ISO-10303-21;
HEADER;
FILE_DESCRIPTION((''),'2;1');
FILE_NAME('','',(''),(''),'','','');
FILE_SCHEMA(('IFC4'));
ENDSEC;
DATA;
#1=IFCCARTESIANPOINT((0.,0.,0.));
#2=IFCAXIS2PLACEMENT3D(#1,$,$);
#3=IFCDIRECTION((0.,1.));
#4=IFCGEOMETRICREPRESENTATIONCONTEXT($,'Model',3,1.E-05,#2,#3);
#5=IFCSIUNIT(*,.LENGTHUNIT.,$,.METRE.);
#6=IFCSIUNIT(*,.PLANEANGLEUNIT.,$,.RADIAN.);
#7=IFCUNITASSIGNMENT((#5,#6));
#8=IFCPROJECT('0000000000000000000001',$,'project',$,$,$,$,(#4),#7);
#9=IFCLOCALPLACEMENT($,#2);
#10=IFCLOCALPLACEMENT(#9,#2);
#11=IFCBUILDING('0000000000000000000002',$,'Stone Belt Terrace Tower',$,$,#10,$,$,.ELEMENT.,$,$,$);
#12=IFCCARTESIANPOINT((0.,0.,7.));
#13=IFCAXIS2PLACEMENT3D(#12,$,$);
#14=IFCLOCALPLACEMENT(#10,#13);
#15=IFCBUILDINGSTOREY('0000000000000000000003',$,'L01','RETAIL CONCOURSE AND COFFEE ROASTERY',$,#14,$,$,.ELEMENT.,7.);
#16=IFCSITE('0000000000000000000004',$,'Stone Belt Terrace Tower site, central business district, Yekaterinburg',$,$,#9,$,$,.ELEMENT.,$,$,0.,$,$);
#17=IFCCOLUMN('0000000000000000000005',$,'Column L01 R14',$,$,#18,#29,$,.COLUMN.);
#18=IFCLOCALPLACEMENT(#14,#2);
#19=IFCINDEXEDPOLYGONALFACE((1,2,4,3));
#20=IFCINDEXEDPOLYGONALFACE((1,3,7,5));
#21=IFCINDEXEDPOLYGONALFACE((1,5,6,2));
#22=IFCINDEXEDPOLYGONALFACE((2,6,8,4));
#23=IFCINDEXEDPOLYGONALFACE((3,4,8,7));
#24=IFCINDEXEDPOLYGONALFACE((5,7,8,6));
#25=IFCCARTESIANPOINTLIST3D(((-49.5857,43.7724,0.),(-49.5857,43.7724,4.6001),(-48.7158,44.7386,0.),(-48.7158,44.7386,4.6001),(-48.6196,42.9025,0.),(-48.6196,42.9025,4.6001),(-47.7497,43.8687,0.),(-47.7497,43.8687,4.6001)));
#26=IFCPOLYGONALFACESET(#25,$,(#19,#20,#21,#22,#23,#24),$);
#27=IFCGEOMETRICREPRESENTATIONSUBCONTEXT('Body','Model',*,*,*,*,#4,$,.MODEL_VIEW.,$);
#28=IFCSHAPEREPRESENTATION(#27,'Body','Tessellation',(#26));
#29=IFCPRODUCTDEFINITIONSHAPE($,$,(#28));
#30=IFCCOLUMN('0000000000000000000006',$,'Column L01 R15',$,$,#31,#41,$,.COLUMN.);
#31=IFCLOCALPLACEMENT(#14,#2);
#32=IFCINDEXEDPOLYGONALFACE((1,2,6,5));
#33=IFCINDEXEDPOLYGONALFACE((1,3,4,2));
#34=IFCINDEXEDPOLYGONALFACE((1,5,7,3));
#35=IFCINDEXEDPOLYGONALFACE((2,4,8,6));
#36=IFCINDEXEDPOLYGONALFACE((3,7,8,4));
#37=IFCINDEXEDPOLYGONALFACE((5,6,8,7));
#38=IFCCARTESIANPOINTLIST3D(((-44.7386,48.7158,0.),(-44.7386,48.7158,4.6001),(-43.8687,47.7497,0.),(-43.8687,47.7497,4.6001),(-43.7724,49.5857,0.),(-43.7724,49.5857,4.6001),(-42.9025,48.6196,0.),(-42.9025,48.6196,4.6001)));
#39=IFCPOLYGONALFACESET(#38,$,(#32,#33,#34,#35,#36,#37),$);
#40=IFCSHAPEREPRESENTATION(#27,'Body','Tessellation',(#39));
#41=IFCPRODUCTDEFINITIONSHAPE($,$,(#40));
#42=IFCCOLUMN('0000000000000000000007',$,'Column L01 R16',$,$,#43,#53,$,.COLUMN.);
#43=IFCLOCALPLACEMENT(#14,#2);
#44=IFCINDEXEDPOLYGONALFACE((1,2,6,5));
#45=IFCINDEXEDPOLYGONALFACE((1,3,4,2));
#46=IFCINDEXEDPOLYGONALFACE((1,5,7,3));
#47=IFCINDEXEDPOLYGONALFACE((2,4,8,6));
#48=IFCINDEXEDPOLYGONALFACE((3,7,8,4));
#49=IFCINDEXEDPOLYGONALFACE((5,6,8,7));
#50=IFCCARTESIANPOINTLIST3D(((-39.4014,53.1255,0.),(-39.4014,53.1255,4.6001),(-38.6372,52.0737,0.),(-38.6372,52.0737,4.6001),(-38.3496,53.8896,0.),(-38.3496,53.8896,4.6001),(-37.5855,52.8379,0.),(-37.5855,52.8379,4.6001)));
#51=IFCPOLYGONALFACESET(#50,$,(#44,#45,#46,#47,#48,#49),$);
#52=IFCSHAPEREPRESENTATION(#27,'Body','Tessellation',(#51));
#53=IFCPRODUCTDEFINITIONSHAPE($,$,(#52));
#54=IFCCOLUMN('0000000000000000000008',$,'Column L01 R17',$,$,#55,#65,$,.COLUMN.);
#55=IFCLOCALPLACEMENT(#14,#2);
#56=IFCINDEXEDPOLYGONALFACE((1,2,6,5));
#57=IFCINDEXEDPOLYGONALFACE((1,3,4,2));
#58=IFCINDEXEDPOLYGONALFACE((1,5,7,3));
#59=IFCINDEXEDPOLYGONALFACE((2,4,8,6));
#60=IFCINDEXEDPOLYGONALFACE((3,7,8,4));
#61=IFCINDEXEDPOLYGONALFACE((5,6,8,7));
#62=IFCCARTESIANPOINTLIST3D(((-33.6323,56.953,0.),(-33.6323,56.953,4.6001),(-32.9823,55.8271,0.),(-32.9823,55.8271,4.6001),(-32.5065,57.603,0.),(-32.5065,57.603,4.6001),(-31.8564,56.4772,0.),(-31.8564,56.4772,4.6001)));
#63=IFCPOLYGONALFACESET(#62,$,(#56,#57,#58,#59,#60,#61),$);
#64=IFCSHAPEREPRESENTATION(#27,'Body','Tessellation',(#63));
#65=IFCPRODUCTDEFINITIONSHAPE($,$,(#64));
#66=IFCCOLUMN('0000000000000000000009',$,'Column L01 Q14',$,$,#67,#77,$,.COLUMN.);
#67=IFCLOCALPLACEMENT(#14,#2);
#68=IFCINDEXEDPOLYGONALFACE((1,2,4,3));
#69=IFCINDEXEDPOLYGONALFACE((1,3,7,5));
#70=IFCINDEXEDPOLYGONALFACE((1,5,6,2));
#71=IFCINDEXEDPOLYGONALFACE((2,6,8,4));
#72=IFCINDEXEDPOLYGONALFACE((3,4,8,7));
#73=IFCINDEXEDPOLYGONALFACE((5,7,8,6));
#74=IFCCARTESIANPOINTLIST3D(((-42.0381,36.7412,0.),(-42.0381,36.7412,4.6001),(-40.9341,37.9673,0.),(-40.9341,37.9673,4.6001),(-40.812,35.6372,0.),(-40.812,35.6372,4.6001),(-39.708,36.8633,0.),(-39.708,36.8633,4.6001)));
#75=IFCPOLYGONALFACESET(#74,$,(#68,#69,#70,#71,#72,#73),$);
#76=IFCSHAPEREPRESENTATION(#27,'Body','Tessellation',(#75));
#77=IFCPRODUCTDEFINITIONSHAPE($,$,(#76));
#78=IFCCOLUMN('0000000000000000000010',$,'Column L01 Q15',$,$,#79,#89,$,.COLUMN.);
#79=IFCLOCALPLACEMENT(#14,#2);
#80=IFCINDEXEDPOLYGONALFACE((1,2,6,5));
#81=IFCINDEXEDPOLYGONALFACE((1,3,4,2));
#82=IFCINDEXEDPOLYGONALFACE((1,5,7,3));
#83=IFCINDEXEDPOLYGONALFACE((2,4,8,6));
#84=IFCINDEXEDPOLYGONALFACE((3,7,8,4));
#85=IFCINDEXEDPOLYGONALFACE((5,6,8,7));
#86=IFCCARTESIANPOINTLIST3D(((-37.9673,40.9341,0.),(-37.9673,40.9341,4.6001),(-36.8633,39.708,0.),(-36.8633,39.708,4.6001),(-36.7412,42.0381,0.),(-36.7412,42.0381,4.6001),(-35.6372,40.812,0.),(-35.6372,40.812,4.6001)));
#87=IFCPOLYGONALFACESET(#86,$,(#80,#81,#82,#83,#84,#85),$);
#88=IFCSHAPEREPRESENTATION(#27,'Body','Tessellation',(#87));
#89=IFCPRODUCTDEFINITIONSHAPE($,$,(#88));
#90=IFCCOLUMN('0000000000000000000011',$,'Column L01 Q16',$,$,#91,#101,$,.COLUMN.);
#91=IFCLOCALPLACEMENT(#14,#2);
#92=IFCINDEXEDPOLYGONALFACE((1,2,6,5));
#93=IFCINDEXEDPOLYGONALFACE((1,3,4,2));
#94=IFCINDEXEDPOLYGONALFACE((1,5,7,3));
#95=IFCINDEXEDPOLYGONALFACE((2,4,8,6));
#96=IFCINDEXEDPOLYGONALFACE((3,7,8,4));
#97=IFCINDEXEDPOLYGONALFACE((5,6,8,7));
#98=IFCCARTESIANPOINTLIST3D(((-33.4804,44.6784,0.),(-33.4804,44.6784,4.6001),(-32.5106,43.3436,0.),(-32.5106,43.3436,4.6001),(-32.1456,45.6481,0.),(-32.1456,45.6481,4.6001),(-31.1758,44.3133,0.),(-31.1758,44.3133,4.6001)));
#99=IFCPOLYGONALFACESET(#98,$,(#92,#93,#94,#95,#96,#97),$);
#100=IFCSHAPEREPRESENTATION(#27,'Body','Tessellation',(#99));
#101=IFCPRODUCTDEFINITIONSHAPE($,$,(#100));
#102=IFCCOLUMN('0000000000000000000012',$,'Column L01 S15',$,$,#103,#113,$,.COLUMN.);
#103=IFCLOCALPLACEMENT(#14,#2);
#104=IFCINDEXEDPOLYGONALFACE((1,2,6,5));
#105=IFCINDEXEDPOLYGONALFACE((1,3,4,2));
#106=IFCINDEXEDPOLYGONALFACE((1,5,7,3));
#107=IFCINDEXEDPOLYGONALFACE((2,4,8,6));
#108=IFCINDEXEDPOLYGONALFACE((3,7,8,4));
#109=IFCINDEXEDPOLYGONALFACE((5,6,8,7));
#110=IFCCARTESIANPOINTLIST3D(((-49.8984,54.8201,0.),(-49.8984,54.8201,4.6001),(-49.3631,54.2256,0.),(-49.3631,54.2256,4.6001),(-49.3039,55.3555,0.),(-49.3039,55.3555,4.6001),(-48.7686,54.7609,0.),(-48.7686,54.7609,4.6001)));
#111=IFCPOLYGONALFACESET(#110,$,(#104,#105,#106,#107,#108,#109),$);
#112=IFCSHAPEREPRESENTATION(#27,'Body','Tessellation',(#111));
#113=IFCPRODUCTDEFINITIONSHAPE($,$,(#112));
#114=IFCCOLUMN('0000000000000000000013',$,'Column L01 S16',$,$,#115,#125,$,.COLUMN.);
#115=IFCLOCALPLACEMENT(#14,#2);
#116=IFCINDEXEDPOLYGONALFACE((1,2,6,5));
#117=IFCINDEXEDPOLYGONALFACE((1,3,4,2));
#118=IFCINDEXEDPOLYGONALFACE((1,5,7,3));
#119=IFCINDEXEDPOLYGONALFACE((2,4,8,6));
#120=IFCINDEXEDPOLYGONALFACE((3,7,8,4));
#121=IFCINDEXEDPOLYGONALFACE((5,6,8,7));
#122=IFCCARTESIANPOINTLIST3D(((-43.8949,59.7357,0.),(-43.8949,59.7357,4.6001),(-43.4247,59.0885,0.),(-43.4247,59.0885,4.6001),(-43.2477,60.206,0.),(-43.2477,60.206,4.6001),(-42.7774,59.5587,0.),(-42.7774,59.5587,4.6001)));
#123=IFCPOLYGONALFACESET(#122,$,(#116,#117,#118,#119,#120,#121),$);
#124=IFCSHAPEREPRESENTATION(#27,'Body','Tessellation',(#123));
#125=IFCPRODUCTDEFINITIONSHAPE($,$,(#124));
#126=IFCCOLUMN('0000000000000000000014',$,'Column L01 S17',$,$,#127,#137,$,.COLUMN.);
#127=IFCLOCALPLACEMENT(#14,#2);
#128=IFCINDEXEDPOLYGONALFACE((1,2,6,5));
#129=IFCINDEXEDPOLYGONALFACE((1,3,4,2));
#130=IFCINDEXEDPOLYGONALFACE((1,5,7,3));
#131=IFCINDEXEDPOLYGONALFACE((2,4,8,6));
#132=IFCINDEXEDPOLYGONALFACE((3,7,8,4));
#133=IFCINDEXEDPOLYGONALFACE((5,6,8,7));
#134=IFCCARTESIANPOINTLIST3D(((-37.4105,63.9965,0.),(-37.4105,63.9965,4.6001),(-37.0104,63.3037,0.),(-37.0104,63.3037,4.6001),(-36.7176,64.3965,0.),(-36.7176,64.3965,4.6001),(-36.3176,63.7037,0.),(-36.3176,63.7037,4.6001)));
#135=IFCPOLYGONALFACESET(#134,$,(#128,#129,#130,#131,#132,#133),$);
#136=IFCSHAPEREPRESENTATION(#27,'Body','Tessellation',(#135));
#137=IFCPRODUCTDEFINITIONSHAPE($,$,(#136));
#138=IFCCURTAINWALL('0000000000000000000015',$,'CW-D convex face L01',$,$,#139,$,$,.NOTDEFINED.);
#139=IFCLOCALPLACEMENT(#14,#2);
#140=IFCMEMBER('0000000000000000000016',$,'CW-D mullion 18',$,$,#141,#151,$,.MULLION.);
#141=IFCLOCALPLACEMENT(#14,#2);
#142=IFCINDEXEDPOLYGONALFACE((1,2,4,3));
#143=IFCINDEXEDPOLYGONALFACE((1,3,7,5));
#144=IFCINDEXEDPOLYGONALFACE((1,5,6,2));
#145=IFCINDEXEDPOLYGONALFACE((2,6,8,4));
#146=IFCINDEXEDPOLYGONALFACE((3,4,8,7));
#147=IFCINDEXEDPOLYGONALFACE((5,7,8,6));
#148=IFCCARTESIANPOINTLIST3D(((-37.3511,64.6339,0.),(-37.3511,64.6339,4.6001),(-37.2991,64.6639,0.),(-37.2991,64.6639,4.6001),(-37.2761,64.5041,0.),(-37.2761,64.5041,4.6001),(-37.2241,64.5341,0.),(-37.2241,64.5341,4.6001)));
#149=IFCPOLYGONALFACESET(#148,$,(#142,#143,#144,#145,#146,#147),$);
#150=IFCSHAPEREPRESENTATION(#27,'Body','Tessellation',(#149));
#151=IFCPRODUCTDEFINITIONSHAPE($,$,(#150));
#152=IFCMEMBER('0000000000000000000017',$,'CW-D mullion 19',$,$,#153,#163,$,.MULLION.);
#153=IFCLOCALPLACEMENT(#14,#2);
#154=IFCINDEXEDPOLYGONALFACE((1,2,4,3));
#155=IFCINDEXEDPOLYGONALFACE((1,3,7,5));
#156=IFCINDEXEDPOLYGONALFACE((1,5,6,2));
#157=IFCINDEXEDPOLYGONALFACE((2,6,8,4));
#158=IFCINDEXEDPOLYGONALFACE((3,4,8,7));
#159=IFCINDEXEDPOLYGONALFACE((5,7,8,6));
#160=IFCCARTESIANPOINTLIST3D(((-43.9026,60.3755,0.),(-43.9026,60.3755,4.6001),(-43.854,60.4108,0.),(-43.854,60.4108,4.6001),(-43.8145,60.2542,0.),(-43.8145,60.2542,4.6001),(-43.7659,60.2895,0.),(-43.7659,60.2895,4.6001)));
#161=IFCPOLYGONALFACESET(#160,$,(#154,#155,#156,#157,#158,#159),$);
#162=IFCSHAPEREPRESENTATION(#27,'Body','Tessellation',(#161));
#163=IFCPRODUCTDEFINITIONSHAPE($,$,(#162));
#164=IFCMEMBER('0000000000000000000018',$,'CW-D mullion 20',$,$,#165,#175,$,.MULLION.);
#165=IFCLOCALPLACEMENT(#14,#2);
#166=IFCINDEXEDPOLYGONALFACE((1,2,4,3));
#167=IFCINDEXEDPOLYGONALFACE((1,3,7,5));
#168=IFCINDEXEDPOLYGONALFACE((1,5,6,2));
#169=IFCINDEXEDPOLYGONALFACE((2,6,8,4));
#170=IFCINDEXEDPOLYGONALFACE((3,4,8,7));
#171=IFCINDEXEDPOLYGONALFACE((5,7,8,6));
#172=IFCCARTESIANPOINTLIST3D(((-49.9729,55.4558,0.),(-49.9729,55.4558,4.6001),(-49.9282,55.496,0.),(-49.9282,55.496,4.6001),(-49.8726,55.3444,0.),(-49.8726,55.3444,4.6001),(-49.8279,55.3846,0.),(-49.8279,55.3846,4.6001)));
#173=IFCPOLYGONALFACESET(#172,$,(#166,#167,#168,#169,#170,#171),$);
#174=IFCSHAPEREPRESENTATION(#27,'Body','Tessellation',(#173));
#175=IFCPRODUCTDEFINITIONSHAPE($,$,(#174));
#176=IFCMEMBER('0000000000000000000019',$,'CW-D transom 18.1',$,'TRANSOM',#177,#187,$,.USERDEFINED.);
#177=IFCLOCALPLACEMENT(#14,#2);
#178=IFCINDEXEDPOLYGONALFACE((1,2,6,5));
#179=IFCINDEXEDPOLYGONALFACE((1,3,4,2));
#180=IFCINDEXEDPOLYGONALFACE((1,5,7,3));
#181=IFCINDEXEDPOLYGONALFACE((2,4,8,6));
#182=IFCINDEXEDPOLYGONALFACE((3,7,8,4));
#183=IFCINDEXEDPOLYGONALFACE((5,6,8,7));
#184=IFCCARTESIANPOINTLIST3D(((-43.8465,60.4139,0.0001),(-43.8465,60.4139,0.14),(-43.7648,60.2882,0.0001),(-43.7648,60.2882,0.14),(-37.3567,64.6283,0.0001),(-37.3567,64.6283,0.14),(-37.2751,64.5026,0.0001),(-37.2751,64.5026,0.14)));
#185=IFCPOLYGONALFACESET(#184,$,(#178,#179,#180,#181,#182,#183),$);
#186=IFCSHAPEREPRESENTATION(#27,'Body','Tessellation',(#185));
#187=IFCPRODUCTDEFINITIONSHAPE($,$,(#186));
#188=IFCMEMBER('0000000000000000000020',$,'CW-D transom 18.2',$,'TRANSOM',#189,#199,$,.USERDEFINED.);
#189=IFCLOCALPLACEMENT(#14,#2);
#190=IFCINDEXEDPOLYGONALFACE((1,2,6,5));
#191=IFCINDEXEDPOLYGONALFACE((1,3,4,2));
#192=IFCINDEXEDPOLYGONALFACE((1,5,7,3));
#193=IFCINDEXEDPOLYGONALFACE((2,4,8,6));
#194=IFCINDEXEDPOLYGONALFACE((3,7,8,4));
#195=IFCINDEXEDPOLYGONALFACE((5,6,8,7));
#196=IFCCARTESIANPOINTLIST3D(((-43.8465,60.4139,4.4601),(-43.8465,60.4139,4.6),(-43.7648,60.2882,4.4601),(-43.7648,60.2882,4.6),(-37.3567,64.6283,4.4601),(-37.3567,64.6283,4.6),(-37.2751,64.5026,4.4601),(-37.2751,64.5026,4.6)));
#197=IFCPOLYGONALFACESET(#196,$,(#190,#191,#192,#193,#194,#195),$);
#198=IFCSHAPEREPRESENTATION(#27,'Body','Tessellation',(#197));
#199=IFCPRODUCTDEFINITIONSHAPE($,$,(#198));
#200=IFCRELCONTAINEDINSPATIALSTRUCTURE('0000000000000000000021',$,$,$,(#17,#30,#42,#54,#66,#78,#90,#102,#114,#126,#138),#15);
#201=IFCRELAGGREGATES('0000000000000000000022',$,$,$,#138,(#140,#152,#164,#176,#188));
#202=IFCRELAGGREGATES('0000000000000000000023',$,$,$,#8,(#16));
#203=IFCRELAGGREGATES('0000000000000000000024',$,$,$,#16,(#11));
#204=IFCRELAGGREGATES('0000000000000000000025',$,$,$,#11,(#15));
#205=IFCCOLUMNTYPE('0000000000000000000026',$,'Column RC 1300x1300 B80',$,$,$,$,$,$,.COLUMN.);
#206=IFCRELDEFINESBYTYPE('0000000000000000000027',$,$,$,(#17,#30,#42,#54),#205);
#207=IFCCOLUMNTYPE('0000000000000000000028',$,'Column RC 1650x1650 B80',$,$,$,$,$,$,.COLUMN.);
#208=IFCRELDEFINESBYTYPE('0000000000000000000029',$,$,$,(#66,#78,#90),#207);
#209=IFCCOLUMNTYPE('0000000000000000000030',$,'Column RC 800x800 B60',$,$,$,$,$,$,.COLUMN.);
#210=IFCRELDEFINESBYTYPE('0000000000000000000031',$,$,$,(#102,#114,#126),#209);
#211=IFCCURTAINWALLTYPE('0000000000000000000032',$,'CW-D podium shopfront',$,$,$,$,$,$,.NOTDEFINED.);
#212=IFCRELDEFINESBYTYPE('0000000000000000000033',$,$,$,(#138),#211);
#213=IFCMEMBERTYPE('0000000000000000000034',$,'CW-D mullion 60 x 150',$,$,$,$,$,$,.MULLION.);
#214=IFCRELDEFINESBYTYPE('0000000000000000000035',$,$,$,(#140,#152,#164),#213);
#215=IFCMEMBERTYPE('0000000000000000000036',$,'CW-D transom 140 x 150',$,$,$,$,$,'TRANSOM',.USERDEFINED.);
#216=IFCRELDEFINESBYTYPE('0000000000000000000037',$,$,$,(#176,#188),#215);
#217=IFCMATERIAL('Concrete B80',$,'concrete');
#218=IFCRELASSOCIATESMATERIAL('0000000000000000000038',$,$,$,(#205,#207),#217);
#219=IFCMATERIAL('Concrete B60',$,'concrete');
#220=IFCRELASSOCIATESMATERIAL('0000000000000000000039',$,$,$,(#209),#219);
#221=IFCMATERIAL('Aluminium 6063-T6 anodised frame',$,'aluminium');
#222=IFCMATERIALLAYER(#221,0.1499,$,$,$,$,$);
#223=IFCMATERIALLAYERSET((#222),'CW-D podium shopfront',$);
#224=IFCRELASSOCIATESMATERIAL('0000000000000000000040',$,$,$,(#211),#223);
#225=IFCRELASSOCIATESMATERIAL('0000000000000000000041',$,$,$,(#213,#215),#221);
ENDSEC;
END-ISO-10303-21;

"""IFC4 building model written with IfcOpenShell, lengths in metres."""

from ifc_helpers import new_model, si_unit, direction, frame, origin, origin_2d, place, context, subcontext, project, spatial, rectangle, extrude, material, layer, layer_set, material_profile, profile_set, type_object, element, aggregate, save


model = new_model("IFC4")

# Units and contexts
model_context = context("Model", 3, precision=1e-05, world=origin(), true_north=direction((0.0, 1.0)))
body_context = subcontext(model_context, "Body", "Model", "MODEL_VIEW")
ifc_project = project(units=[si_unit("LENGTHUNIT", "METRE"), si_unit("PLANEANGLEUNIT", "RADIAN")], contexts=[model_context])

# Site, building, storey
site_placement = place(None, origin())
site = spatial("IfcSite", under=ifc_project, at=site_placement, Name="Stone Belt Terrace Tower site, central business district, Yekaterinburg", CompositionType="ELEMENT", RefElevation=0.0)
building_placement = place(site_placement, origin())
building = spatial("IfcBuilding", under=site, at=building_placement, Name="Stone Belt Terrace Tower", CompositionType="ELEMENT")
storey_placement = place(building_placement, frame((0.0, 0.0, 7.0)))
storey = spatial("IfcBuildingStorey", under=building, at=storey_placement, Name="L01", Description="RETAIL CONCOURSE AND COFFEE ROASTERY", CompositionType="ELEMENT", Elevation=7.0)

# Columns
ifc_material_1 = material(Name="Concrete B80", Category="concrete")
ifc_material_profile_1 = material_profile(ifc_material_1, rectangle(XDim=1.3, YDim=1.3, at=origin_2d()), Name="RC 1300x1300")
ifc_profile_set_1 = profile_set([ifc_material_profile_1], Name="Concrete B80")
column_type_1 = type_object("IfcColumnType", Name="Column RC 1300x1300 B80", PredefinedType="COLUMN", material=ifc_profile_set_1)
for number, where, z_axis, x_axis, name in (
    (1, (-48.6677, 43.8206, 0.0), (0.0, 0.0, 1.0), (0.669131, 0.743145, 0.0), "Column L01 R14"),
    (2, (-43.8206, 48.6677, 0.0), (0.0, 0.0, 1.0), (0.743145, 0.669131, 0.0), "Column L01 R15"),
    (3, (-38.4934, 52.9817, 0.0), (0.0, 0.0, 1.0), (0.809017, 0.587785, 0.0), "Column L01 R16"),
    (4, (-32.7444, 56.7151, 0.0), (0.0, 0.0, 1.0), (0.866025, 0.5, 0.0), "Column L01 R17"),
):
    element("IfcColumn", number, at=place(storey_placement, frame(where, z_axis=z_axis, x_axis=x_axis)), inside=storey, type_object=column_type_1, Name=name, PredefinedType="COLUMN", context=body_context, shape_type="SweptSolid", body=[
        extrude(rectangle(XDim=1.3, YDim=1.3, at=origin_2d()), origin(), (0.0, 0.0, 1.0), 4.6001),
    ])
ifc_material_profile_2 = material_profile(ifc_material_1, rectangle(XDim=1.6499, YDim=1.6499, at=origin_2d()), Name="RC 1650x1650")
ifc_profile_set_2 = profile_set([ifc_material_profile_2], Name="Concrete B80")
column_type_2 = type_object("IfcColumnType", Name="Column RC 1650x1650 B80", PredefinedType="COLUMN", material=ifc_profile_set_2)
for number, where, z_axis, x_axis, name in (
    (5, (-40.873, 36.8022, 0.0), (0.0, 0.0, 1.0), (0.669131, 0.743145, 0.0), "Column L01 Q14"),
    (6, (-36.8022, 40.873, 0.0), (0.0, 0.0, 1.0), (0.743145, 0.669131, 0.0), "Column L01 Q15"),
    (7, (-32.3281, 44.4958, 0.0), (0.0, 0.0, 1.0), (0.809017, 0.587785, 0.0), "Column L01 Q16"),
):
    element("IfcColumn", number, at=place(storey_placement, frame(where, z_axis=z_axis, x_axis=x_axis)), inside=storey, type_object=column_type_2, Name=name, PredefinedType="COLUMN", context=body_context, shape_type="SweptSolid", body=[
        extrude(rectangle(XDim=1.6499, YDim=1.6499, at=origin_2d()), origin(), (0.0, 0.0, 1.0), 4.6001),
    ])
ifc_material_2 = material(Name="Concrete B60", Category="concrete")
ifc_material_profile_3 = material_profile(ifc_material_2, rectangle(XDim=0.8, YDim=0.8, at=origin_2d()), Name="RC 800x800")
ifc_profile_set_3 = profile_set([ifc_material_profile_3], Name="Concrete B60")
column_type_3 = type_object("IfcColumnType", Name="Column RC 800x800 B60", PredefinedType="COLUMN", material=ifc_profile_set_3)
for number, where, z_axis, x_axis, name in (
    (8, (-49.3335, 54.7905, 0.0), (0.0, 0.0, 1.0), (0.743145, 0.669131, 0.0), "Column L01 S15"),
    (9, (-43.3362, 59.6472, 0.0), (0.0, 0.0, 1.0), (0.809017, 0.587785, 0.0), "Column L01 S16"),
    (10, (-36.864, 63.8501, 0.0), (0.0, 0.0, 1.0), (0.866025, 0.5, 0.0), "Column L01 S17"),
):
    element("IfcColumn", number, at=place(storey_placement, frame(where, z_axis=z_axis, x_axis=x_axis)), inside=storey, type_object=column_type_3, Name=name, PredefinedType="COLUMN", context=body_context, shape_type="SweptSolid", body=[
        extrude(rectangle(XDim=0.8, YDim=0.8, at=origin_2d()), origin(), (0.0, 0.0, 1.0), 4.6001),
    ])

# Curtain wall, members
ifc_material_3 = material(Name="Aluminium 6063-T6 anodised frame", Category="aluminium")
ifc_layer_1 = layer(ifc_material_3, 0.1499)
ifc_layer_set_1 = layer_set([ifc_layer_1], Name="CW-D podium shopfront")
curtain_wall_type = type_object("IfcCurtainWallType", Name="CW-D podium shopfront", PredefinedType="NOTDEFINED", material=ifc_layer_set_1)
curtain_wall_placement = place(storey_placement, origin())
curtain_wall = element("IfcCurtainWall", 11, at=curtain_wall_placement, inside=storey, type_object=curtain_wall_type, Name="CW-D convex face L01", PredefinedType="NOTDEFINED")
ifc_material_profile_4 = material_profile(ifc_material_3, rectangle(XDim=0.1499, YDim=0.0601, at=origin_2d()), Name="Aluminium 6063-T6 60x150")
ifc_profile_set_4 = profile_set([ifc_material_profile_4], Name="Aluminium 6063-T6 anodised frame")
member_type_1 = type_object("IfcMemberType", Name="CW-D mullion 60 x 150", PredefinedType="MULLION", material=ifc_profile_set_4)
member_1_placement = place(storey_placement, frame((-37.2876, 64.584, 0.0), z_axis=(0.0, 0.0, 1.0), x_axis=(0.5, -0.866025, 0.0)))
member_1 = element("IfcMember", 12, at=member_1_placement, type_object=member_type_1, Name="CW-D mullion 18", PredefinedType="MULLION", context=body_context, shape_type="SweptSolid", body=[
    extrude(rectangle(XDim=0.1499, YDim=0.0601, at=origin_2d()), origin(), (0.0, 0.0, 1.0), 4.6001),
])
member_2_placement = place(storey_placement, frame((-43.8342, 60.3325, 0.0), z_axis=(0.0, 0.0, 1.0), x_axis=(0.587785, -0.809017, 0.0)))
member_2 = element("IfcMember", 13, at=member_2_placement, type_object=member_type_1, Name="CW-D mullion 19", PredefinedType="MULLION", context=body_context, shape_type="SweptSolid", body=[
    extrude(rectangle(XDim=0.1499, YDim=0.0601, at=origin_2d()), origin(), (0.0, 0.0, 1.0), 4.6001),
])
member_3_placement = place(storey_placement, frame((-49.9004, 55.4202, 0.0), z_axis=(0.0, 0.0, 1.0), x_axis=(0.669131, -0.743145, 0.0)))
member_3 = element("IfcMember", 14, at=member_3_placement, type_object=member_type_1, Name="CW-D mullion 20", PredefinedType="MULLION", context=body_context, shape_type="SweptSolid", body=[
    extrude(rectangle(XDim=0.1499, YDim=0.0601, at=origin_2d()), origin(), (0.0, 0.0, 1.0), 4.6001),
])
ifc_material_profile_5 = material_profile(ifc_material_3, rectangle(XDim=0.1499, YDim=0.1399, at=origin_2d()), Name="Aluminium 6063-T6 150x140")
ifc_profile_set_5 = profile_set([ifc_material_profile_5], Name="Aluminium 6063-T6 anodised frame")
member_type_2 = type_object("IfcMemberType", Name="CW-D transom 140 x 150", ElementType="TRANSOM", PredefinedType="USERDEFINED", material=ifc_profile_set_5)
member_4_placement = place(storey_placement, frame((-37.3159, 64.5654, 0.0701), z_axis=(-0.838679, -0.544627, 0.0), x_axis=(0.544627, -0.838679, 0.0)))
member_4 = element("IfcMember", 15, at=member_4_placement, type_object=member_type_2, Name="CW-D transom 18.1", ObjectType="TRANSOM", PredefinedType="USERDEFINED", context=body_context, shape_type="SweptSolid", body=[
    extrude(rectangle(XDim=0.1499, YDim=0.1399, at=origin_2d()), origin(), (0.0, 0.0, 1.0), 7.738),
])
member_5_placement = place(storey_placement, frame((-37.3159, 64.5654, 4.53), z_axis=(-0.838679, -0.544627, 0.0), x_axis=(0.544627, -0.838679, 0.0)))
member_5 = element("IfcMember", 16, at=member_5_placement, type_object=member_type_2, Name="CW-D transom 18.2", ObjectType="TRANSOM", PredefinedType="USERDEFINED", context=body_context, shape_type="SweptSolid", body=[
    extrude(rectangle(XDim=0.1499, YDim=0.1399, at=origin_2d()), origin(), (0.0, 0.0, 1.0), 7.738),
])
aggregate(curtain_wall, [member_1, member_2, member_3, member_4, member_5])

save(model, "model.ifc")
